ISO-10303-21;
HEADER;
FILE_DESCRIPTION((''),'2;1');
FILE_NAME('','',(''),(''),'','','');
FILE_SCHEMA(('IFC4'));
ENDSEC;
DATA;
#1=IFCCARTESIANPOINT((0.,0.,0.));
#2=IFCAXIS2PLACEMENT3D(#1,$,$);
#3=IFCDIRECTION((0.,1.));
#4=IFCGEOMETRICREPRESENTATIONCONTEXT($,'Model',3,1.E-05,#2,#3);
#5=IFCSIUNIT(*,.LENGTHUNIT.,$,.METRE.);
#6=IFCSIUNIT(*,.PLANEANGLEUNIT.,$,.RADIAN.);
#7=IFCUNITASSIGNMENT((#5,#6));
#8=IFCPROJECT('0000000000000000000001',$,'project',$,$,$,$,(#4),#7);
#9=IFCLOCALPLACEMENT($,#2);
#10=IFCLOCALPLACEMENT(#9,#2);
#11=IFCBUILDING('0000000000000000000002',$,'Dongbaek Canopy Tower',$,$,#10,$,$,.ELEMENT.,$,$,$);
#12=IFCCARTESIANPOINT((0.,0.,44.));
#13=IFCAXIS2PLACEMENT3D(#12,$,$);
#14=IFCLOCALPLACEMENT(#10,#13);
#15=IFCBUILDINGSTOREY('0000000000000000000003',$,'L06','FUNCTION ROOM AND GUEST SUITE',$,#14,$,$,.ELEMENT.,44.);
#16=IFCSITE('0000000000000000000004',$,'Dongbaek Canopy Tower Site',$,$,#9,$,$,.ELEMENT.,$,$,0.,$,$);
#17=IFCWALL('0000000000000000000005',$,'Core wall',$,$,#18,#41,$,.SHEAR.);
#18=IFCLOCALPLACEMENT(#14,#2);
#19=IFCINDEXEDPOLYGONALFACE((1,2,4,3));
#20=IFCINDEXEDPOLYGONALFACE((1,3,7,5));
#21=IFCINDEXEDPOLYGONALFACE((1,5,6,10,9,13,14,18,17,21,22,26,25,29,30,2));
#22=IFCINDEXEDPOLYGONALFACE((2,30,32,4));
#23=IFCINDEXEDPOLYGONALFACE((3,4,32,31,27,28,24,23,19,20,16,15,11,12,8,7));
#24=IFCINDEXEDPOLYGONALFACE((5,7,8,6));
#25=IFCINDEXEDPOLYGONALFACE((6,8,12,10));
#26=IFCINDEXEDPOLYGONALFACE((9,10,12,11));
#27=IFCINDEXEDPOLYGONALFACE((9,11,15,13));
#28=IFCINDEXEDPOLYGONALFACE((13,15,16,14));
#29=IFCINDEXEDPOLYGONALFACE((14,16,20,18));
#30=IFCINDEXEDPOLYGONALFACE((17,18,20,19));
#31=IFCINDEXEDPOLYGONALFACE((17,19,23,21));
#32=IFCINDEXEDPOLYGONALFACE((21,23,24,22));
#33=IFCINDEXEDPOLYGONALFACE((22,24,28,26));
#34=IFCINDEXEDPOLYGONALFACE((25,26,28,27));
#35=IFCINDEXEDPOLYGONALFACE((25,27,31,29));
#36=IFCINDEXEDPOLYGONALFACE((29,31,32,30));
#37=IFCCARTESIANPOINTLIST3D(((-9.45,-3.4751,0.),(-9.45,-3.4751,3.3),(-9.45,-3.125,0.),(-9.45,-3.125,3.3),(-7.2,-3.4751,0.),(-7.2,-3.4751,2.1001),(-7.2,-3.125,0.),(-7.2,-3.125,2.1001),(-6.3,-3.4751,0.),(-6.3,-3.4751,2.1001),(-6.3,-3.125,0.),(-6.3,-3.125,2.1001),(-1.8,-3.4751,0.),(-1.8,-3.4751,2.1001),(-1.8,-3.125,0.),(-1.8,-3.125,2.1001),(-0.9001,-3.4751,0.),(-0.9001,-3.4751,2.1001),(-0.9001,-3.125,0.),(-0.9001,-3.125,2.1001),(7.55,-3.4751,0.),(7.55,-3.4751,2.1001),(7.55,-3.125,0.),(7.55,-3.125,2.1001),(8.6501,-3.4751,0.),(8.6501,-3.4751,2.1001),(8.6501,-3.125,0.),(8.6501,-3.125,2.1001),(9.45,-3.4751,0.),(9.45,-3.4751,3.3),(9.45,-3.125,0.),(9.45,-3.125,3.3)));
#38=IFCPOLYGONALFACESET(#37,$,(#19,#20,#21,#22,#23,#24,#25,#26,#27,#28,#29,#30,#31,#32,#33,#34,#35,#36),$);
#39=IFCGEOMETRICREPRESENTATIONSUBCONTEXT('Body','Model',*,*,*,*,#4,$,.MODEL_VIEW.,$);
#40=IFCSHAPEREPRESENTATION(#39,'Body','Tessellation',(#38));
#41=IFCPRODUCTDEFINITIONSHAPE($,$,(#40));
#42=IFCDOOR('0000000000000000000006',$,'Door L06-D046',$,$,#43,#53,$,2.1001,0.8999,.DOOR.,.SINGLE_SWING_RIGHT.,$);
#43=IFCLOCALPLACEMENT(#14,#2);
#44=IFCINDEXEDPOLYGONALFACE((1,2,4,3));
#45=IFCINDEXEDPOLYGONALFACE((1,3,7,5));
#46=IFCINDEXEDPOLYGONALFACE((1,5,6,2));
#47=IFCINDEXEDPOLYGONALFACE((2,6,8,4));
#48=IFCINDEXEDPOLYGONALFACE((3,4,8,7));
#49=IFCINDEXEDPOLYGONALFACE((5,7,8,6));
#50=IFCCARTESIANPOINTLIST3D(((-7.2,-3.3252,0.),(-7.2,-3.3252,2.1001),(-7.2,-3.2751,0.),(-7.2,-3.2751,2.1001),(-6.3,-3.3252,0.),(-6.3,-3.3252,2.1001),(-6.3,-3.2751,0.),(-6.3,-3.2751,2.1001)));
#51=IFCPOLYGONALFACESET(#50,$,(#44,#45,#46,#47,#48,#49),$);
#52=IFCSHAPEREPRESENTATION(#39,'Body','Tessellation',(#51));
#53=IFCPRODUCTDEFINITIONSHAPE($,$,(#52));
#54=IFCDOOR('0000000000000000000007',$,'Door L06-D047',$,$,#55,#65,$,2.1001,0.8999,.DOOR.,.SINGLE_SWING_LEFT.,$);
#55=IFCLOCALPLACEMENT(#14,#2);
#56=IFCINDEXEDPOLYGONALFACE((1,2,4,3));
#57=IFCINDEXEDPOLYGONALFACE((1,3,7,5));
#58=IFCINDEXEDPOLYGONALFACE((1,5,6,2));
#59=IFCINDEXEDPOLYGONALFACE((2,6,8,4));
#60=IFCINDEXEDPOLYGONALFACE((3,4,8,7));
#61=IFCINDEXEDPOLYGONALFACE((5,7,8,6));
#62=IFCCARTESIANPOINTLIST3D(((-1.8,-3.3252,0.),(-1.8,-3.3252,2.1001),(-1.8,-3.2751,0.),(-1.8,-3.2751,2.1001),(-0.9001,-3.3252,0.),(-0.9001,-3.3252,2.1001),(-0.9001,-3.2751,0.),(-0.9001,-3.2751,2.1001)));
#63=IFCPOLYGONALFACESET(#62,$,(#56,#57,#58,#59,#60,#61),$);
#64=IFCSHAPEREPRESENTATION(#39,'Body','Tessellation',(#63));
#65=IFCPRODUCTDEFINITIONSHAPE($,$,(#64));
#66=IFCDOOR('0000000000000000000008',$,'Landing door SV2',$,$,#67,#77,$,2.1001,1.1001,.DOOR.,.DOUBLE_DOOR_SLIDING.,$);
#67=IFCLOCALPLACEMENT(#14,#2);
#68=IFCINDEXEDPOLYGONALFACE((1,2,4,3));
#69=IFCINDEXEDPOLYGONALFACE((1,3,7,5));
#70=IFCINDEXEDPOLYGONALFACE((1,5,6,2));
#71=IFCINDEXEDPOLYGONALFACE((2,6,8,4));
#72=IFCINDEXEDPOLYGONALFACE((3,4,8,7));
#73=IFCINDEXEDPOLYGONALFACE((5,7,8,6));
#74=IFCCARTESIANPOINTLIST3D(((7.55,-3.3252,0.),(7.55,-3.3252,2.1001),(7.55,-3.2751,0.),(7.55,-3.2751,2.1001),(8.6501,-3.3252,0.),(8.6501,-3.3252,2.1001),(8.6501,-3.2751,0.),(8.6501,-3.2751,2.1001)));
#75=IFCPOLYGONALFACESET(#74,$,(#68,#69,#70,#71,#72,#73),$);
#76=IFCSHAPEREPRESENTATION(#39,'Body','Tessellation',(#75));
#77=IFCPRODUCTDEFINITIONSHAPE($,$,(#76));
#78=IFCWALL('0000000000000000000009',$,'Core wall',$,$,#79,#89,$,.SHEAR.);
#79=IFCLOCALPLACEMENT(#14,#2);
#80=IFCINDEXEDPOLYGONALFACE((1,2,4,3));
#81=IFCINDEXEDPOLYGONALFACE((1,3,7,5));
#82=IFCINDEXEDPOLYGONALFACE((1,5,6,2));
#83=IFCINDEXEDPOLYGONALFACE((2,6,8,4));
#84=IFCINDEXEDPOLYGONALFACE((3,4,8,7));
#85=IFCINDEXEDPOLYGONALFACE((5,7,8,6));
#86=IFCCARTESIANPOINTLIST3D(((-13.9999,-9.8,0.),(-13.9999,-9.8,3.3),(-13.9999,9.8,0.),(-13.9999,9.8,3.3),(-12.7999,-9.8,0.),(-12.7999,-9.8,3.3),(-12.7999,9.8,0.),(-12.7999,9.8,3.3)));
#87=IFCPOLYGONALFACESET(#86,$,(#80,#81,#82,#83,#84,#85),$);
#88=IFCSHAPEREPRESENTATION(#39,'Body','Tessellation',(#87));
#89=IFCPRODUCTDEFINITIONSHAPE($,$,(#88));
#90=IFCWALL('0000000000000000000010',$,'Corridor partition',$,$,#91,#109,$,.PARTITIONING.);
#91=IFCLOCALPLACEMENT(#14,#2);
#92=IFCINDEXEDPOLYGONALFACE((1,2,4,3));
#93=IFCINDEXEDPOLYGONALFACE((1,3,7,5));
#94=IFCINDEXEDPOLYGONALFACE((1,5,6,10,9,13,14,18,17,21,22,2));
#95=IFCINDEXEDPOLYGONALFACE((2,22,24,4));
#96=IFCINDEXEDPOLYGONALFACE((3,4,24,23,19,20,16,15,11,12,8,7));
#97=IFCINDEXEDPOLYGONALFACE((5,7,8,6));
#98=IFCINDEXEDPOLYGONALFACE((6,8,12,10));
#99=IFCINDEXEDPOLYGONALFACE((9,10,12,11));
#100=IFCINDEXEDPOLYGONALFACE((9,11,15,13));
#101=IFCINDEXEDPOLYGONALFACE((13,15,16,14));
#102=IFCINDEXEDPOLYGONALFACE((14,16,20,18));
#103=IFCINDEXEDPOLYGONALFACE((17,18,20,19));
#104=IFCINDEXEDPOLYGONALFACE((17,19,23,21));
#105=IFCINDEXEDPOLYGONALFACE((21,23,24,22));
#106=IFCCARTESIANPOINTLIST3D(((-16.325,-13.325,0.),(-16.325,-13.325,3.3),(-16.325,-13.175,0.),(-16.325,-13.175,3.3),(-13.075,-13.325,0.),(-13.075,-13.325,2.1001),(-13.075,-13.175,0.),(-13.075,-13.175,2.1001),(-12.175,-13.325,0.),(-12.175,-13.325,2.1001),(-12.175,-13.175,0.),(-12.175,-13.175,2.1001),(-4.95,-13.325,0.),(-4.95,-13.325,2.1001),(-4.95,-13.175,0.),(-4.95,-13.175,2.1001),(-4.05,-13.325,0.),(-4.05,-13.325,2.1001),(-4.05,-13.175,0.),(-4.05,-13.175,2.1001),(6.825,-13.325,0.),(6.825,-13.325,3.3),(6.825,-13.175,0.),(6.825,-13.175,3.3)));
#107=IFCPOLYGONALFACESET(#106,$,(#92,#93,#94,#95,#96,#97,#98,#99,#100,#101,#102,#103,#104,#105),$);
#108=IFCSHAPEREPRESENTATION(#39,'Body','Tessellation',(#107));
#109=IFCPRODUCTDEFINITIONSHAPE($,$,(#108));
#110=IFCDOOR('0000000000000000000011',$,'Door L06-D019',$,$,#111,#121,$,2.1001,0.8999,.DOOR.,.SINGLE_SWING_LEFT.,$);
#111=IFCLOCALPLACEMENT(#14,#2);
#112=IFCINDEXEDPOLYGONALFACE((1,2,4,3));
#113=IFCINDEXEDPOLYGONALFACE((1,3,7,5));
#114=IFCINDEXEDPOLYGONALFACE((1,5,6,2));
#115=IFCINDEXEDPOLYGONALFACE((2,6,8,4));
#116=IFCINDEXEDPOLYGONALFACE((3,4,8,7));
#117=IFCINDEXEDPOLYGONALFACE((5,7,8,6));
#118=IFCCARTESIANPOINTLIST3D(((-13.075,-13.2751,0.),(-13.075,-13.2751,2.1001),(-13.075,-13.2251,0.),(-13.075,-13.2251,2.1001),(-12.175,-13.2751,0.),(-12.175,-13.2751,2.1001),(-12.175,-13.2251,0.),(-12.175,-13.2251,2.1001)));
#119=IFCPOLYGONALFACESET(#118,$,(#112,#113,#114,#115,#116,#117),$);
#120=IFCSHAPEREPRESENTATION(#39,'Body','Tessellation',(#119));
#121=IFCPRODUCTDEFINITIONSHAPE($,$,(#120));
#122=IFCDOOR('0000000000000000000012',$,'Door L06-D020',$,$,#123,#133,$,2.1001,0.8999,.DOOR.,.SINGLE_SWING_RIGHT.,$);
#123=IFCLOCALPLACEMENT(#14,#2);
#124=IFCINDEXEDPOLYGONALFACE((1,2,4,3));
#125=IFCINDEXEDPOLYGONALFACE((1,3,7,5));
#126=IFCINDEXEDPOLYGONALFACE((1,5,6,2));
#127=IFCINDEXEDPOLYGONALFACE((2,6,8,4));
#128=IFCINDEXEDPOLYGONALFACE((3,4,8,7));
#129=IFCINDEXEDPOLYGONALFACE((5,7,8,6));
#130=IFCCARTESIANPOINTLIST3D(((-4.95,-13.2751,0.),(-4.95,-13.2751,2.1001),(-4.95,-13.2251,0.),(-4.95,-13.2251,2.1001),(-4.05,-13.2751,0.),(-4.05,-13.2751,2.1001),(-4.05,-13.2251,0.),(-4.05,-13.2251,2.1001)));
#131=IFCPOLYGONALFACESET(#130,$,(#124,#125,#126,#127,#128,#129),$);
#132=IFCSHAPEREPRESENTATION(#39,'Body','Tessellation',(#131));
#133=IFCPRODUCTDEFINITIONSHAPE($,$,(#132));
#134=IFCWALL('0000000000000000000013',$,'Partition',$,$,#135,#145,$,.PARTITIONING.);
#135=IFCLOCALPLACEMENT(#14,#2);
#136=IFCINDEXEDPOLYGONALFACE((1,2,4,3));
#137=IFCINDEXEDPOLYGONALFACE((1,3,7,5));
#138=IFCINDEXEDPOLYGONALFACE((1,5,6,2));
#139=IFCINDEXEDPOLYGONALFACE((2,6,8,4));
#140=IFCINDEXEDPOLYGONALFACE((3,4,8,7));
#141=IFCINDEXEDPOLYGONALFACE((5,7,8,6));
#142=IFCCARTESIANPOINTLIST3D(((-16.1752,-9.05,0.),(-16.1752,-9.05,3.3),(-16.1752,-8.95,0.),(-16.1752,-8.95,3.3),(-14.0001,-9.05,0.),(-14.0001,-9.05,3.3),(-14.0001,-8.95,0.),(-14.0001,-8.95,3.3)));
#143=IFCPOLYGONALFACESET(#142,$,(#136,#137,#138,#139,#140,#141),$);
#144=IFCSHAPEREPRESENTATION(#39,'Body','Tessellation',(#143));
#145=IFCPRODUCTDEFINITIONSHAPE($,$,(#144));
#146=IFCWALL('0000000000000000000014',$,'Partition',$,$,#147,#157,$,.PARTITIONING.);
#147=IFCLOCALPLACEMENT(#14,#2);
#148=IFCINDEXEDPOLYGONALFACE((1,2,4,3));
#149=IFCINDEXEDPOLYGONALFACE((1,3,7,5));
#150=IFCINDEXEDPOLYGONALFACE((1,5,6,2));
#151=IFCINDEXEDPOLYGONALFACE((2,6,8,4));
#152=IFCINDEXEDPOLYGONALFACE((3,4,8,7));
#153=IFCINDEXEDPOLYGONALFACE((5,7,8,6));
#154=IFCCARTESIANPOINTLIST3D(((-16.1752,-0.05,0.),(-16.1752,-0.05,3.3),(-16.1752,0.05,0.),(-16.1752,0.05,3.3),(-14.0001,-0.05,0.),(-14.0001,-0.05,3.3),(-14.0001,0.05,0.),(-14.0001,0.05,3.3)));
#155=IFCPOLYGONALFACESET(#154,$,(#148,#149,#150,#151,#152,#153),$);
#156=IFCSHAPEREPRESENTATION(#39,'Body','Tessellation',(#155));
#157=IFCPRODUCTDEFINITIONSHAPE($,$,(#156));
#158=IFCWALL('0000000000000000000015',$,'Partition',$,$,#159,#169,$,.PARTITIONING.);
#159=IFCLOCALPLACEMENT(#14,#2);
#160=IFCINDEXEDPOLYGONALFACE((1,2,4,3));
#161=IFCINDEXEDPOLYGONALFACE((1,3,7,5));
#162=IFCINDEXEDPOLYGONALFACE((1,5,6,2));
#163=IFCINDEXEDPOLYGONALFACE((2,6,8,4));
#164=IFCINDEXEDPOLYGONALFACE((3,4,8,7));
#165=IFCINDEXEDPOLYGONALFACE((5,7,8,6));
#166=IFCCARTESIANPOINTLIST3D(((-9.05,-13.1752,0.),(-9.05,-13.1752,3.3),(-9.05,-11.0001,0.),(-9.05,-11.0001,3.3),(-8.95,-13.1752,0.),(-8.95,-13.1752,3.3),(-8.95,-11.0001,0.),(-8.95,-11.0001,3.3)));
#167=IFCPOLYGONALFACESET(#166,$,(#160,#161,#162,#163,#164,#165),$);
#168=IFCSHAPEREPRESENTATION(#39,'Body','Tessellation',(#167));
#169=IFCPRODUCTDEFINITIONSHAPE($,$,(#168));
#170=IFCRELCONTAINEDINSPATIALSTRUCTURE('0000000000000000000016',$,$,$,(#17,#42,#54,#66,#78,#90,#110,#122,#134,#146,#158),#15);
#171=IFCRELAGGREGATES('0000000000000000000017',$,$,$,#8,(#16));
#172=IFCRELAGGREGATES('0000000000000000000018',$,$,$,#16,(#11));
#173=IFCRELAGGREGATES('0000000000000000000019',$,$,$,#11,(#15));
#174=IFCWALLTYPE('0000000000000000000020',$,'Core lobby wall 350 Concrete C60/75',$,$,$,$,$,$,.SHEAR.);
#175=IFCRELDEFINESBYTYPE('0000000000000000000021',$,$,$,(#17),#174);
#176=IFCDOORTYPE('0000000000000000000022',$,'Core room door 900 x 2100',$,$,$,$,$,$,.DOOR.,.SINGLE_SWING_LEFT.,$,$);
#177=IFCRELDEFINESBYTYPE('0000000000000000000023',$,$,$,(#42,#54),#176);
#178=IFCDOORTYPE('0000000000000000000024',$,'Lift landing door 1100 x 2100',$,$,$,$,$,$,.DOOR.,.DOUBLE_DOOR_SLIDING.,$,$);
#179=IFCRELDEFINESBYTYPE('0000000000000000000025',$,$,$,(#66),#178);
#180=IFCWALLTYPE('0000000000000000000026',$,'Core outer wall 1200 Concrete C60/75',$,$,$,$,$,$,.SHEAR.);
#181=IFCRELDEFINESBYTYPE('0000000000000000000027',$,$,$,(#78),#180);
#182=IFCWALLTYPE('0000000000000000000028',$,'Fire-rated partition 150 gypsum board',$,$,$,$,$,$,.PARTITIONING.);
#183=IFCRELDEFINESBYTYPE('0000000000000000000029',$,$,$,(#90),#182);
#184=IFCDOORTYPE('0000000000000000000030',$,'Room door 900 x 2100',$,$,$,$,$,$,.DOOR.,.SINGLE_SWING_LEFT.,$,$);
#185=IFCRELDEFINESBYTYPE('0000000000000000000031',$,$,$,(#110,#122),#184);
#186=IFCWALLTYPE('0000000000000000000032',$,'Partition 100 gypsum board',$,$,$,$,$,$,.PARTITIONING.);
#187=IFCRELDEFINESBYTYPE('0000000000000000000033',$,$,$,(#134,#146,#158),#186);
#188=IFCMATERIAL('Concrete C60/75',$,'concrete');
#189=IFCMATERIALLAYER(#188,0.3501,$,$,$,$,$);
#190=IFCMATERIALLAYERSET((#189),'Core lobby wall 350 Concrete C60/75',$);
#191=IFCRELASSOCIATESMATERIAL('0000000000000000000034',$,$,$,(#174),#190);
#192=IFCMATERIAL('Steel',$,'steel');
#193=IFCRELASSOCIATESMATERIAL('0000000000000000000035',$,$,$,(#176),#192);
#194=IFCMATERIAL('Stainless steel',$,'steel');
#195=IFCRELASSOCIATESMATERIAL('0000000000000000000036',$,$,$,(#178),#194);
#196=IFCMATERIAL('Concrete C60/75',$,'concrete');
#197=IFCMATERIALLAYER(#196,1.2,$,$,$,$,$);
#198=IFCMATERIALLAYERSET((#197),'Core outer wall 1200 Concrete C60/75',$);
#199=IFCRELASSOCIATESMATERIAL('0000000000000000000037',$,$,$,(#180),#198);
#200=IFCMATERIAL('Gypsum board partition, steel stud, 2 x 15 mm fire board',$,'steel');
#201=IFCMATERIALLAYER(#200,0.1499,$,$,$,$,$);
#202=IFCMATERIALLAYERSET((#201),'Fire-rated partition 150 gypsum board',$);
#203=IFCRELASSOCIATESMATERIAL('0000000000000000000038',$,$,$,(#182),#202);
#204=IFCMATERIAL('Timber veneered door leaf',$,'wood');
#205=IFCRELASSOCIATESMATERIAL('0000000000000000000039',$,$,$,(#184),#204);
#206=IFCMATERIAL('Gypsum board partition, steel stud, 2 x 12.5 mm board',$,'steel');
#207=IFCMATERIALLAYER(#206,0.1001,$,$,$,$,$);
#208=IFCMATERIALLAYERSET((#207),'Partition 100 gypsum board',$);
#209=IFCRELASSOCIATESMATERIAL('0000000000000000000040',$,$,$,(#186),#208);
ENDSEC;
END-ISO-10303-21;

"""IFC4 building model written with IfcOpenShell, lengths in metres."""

from ifc_helpers import new_model, si_unit, direction, frame, frame_2d, origin, place, context, subcontext, project, spatial, rectangle, extrude, material, layer, layer_set, type_object, element, fill, save


model = new_model("IFC4")

# Units and contexts
model_context = context("Model", 3, precision=1e-05, world=origin(), true_north=direction((0.0, 1.0)))
body_context = subcontext(model_context, "Body", "Model", "MODEL_VIEW")
ifc_project = project(units=[si_unit("LENGTHUNIT", "METRE"), si_unit("PLANEANGLEUNIT", "RADIAN")], contexts=[model_context])

# Site, building, storey
site_placement = place(None, origin())
site = spatial("IfcSite", under=ifc_project, at=site_placement, Name="Dongbaek Canopy Tower Site", CompositionType="ELEMENT", RefElevation=0.0)
building_placement = place(site_placement, origin())
building = spatial("IfcBuilding", under=site, at=building_placement, Name="Dongbaek Canopy Tower", CompositionType="ELEMENT")
storey_placement = place(building_placement, frame((0.0, 0.0, 44.0)))
storey = spatial("IfcBuildingStorey", under=building, at=storey_placement, Name="L06", Description="FUNCTION ROOM AND GUEST SUITE", CompositionType="ELEMENT", Elevation=44.0)

# Wall, openings, doors
ifc_material_1 = material(Name="Concrete C60/75", Category="concrete")
ifc_layer_1 = layer(ifc_material_1, 0.3501)
ifc_layer_set_1 = layer_set([ifc_layer_1], Name="Core lobby wall 350 Concrete C60/75")
wall_type_1 = type_object("IfcWallType", Name="Core lobby wall 350 Concrete C60/75", PredefinedType="SHEAR", material=ifc_layer_set_1)
wall_1_placement = place(storey_placement, frame((-9.45, -3.3, 0.0), z_axis=(0.0, 0.0, 1.0), x_axis=(1.0, 0.0, 0.0)))
wall_1 = element("IfcWall", 1, at=wall_1_placement, inside=storey, type_object=wall_type_1, Name="Core wall", PredefinedType="SHEAR", context=body_context, shape_type="SweptSolid", body=[
    extrude(rectangle(XDim=18.8999, YDim=0.3501, at=frame_2d((9.45, 0.0))), origin(), (0.0, 0.0, 1.0), 3.3),
])
opening_1_placement = place(wall_1_placement, frame((17.0, 0.0, 0.0)))
opening_1 = element("IfcOpeningElement", 2, at=opening_1_placement, cuts=wall_1, PredefinedType="OPENING", context=body_context, shape_type="SweptSolid", body=[
    extrude(rectangle(XDim=1.1001, YDim=2.1001, at=frame_2d((0.55, 1.05))), frame((0.0, 0.1851, 0.0), z_axis=(0.0, -1.0, 0.0), x_axis=(1.0, 0.0, 0.0)), (0.0, 0.0, 1.0), 0.3701),
])
opening_2_placement = place(wall_1_placement, frame((2.25, 0.0, 0.0)))
opening_2 = element("IfcOpeningElement", 3, at=opening_2_placement, cuts=wall_1, PredefinedType="OPENING", context=body_context, shape_type="SweptSolid", body=[
    extrude(rectangle(XDim=0.8999, YDim=2.1001, at=frame_2d((0.45, 1.05))), frame((0.0, 0.1851, 0.0), z_axis=(0.0, -1.0, 0.0), x_axis=(1.0, 0.0, 0.0)), (0.0, 0.0, 1.0), 0.3701),
])
opening_3_placement = place(wall_1_placement, frame((7.6499, 0.0, 0.0)))
opening_3 = element("IfcOpeningElement", 4, at=opening_3_placement, cuts=wall_1, PredefinedType="OPENING", context=body_context, shape_type="SweptSolid", body=[
    extrude(rectangle(XDim=0.8999, YDim=2.1001, at=frame_2d((0.45, 1.05))), frame((0.0, 0.1851, 0.0), z_axis=(0.0, -1.0, 0.0), x_axis=(1.0, 0.0, 0.0)), (0.0, 0.0, 1.0), 0.3701),
])
ifc_material_2 = material(Name="Steel", Category="steel")
door_type_1 = type_object("IfcDoorType", Name="Core room door 900 x 2100", OperationType="SINGLE_SWING_LEFT", PredefinedType="DOOR", material=ifc_material_2)
door_1_placement = place(opening_2_placement, origin())
door_1 = element("IfcDoor", 5, at=door_1_placement, inside=storey, type_object=door_type_1, Name="Door L06-D046", OperationType="SINGLE_SWING_RIGHT", OverallHeight=2.1001, OverallWidth=0.8999, PredefinedType="DOOR", context=body_context, shape_type="SweptSolid", body=[
    extrude(rectangle(XDim=0.8999, YDim=2.1001, at=frame_2d((0.45, 1.05))), frame((0.0, 0.0249, 0.0), z_axis=(0.0, -1.0, 0.0), x_axis=(1.0, 0.0, 0.0)), (0.0, 0.0, 1.0), 0.05),
])
fill(opening_2, door_1)
door_2_placement = place(opening_3_placement, origin())
door_2 = element("IfcDoor", 6, at=door_2_placement, inside=storey, type_object=door_type_1, Name="Door L06-D047", OperationType="SINGLE_SWING_LEFT", OverallHeight=2.1001, OverallWidth=0.8999, PredefinedType="DOOR", context=body_context, shape_type="SweptSolid", body=[
    extrude(rectangle(XDim=0.8999, YDim=2.1001, at=frame_2d((0.45, 1.05))), frame((0.0, 0.0249, 0.0), z_axis=(0.0, -1.0, 0.0), x_axis=(1.0, 0.0, 0.0)), (0.0, 0.0, 1.0), 0.05),
])
fill(opening_3, door_2)
ifc_material_3 = material(Name="Stainless steel", Category="steel")
door_type_2 = type_object("IfcDoorType", Name="Lift landing door 1100 x 2100", OperationType="DOUBLE_DOOR_SLIDING", PredefinedType="DOOR", material=ifc_material_3)
door_3_placement = place(opening_1_placement, origin())
door_3 = element("IfcDoor", 7, at=door_3_placement, inside=storey, type_object=door_type_2, Name="Landing door SV2", OperationType="DOUBLE_DOOR_SLIDING", OverallHeight=2.1001, OverallWidth=1.1001, PredefinedType="DOOR", context=body_context, shape_type="SweptSolid", body=[
    extrude(rectangle(XDim=1.1001, YDim=2.1001, at=frame_2d((0.55, 1.05))), frame((0.0, 0.0249, 0.0), z_axis=(0.0, -1.0, 0.0), x_axis=(1.0, 0.0, 0.0)), (0.0, 0.0, 1.0), 0.05),
])
fill(opening_1, door_3)

# Wall
ifc_material_4 = material(Name="Concrete C60/75", Category="concrete")
ifc_layer_2 = layer(ifc_material_4, 1.2)
ifc_layer_set_2 = layer_set([ifc_layer_2], Name="Core outer wall 1200 Concrete C60/75")
wall_type_2 = type_object("IfcWallType", Name="Core outer wall 1200 Concrete C60/75", PredefinedType="SHEAR", material=ifc_layer_set_2)
wall_2_placement = place(storey_placement, frame((-13.3999, -9.8, 0.0), z_axis=(0.0, 0.0, 1.0), x_axis=(0.0, 1.0, 0.0)))
element("IfcWall", 8, at=wall_2_placement, inside=storey, type_object=wall_type_2, Name="Core wall", PredefinedType="SHEAR", context=body_context, shape_type="SweptSolid", body=[
    extrude(rectangle(XDim=19.6001, YDim=1.2, at=frame_2d((9.8, 0.0))), origin(), (0.0, 0.0, 1.0), 3.3),
])

# Wall, openings, doors
ifc_material_5 = material(Name="Gypsum board partition, steel stud, 2 x 15 mm fire board", Category="steel")
ifc_layer_3 = layer(ifc_material_5, 0.1499)
ifc_layer_set_3 = layer_set([ifc_layer_3], Name="Fire-rated partition 150 gypsum board")
wall_type_3 = type_object("IfcWallType", Name="Fire-rated partition 150 gypsum board", PredefinedType="PARTITIONING", material=ifc_layer_set_3)
wall_3_placement = place(storey_placement, frame((-16.325, -13.25, 0.0), z_axis=(0.0, 0.0, 1.0), x_axis=(1.0, 0.0, 0.0)))
wall_3 = element("IfcWall", 9, at=wall_3_placement, inside=storey, type_object=wall_type_3, Name="Corridor partition", PredefinedType="PARTITIONING", context=body_context, shape_type="SweptSolid", body=[
    extrude(rectangle(XDim=23.1499, YDim=0.1499, at=frame_2d((11.575, 0.0))), origin(), (0.0, 0.0, 1.0), 3.3),
])
opening_4_placement = place(wall_3_placement, frame((3.25, 0.0, 0.0)))
opening_4 = element("IfcOpeningElement", 10, at=opening_4_placement, cuts=wall_3, PredefinedType="OPENING", context=body_context, shape_type="SweptSolid", body=[
    extrude(rectangle(XDim=0.8999, YDim=2.1001, at=frame_2d((0.45, 1.05))), frame((0.0, 0.085, 0.0), z_axis=(0.0, -1.0, 0.0), x_axis=(1.0, 0.0, 0.0)), (0.0, 0.0, 1.0), 0.1699),
])
opening_5_placement = place(wall_3_placement, frame((11.375, 0.0, 0.0)))
opening_5 = element("IfcOpeningElement", 11, at=opening_5_placement, cuts=wall_3, PredefinedType="OPENING", context=body_context, shape_type="SweptSolid", body=[
    extrude(rectangle(XDim=0.8999, YDim=2.1001, at=frame_2d((0.45, 1.05))), frame((0.0, 0.085, 0.0), z_axis=(0.0, -1.0, 0.0), x_axis=(1.0, 0.0, 0.0)), (0.0, 0.0, 1.0), 0.1699),
])
ifc_material_6 = material(Name="Timber veneered door leaf", Category="wood")
door_type_3 = type_object("IfcDoorType", Name="Room door 900 x 2100", OperationType="SINGLE_SWING_LEFT", PredefinedType="DOOR", material=ifc_material_6)
door_4_placement = place(opening_4_placement, origin())
door_4 = element("IfcDoor", 12, at=door_4_placement, inside=storey, type_object=door_type_3, Name="Door L06-D019", OperationType="SINGLE_SWING_LEFT", OverallHeight=2.1001, OverallWidth=0.8999, PredefinedType="DOOR", context=body_context, shape_type="SweptSolid", body=[
    extrude(rectangle(XDim=0.8999, YDim=2.1001, at=frame_2d((0.45, 1.05))), frame((0.0, 0.0249, 0.0), z_axis=(0.0, -1.0, 0.0), x_axis=(1.0, 0.0, 0.0)), (0.0, 0.0, 1.0), 0.05),
])
fill(opening_4, door_4)
door_5_placement = place(opening_5_placement, origin())
door_5 = element("IfcDoor", 13, at=door_5_placement, inside=storey, type_object=door_type_3, Name="Door L06-D020", OperationType="SINGLE_SWING_RIGHT", OverallHeight=2.1001, OverallWidth=0.8999, PredefinedType="DOOR", context=body_context, shape_type="SweptSolid", body=[
    extrude(rectangle(XDim=0.8999, YDim=2.1001, at=frame_2d((0.45, 1.05))), frame((0.0, 0.0249, 0.0), z_axis=(0.0, -1.0, 0.0), x_axis=(1.0, 0.0, 0.0)), (0.0, 0.0, 1.0), 0.05),
])
fill(opening_5, door_5)

# Walls
ifc_material_7 = material(Name="Gypsum board partition, steel stud, 2 x 12.5 mm board", Category="steel")
ifc_layer_4 = layer(ifc_material_7, 0.1001)
ifc_layer_set_4 = layer_set([ifc_layer_4], Name="Partition 100 gypsum board")
wall_type_4 = type_object("IfcWallType", Name="Partition 100 gypsum board", PredefinedType="PARTITIONING", material=ifc_layer_set_4)
for number, where, z_axis, x_axis, name in (
    (14, (-16.175, -9.0, 0.0), (0.0, 0.0, 1.0), (1.0, 0.0, 0.0), "Partition"),
    (15, (-16.175, 0.0, 0.0), (0.0, 0.0, 1.0), (1.0, 0.0, 0.0), "Partition"),
    (16, (-9.0, -13.175, 0.0), (0.0, 0.0, 1.0), (0.0, 1.0, 0.0), "Partition"),
):
    element("IfcWall", number, at=place(storey_placement, frame(where, z_axis=z_axis, x_axis=x_axis)), inside=storey, type_object=wall_type_4, Name=name, PredefinedType="PARTITIONING", context=body_context, shape_type="SweptSolid", body=[
        extrude(rectangle(XDim=2.175, YDim=0.1001, at=frame_2d((1.0874, 0.0))), origin(), (0.0, 0.0, 1.0), 3.3),
    ])

save(model, "model.ifc")
